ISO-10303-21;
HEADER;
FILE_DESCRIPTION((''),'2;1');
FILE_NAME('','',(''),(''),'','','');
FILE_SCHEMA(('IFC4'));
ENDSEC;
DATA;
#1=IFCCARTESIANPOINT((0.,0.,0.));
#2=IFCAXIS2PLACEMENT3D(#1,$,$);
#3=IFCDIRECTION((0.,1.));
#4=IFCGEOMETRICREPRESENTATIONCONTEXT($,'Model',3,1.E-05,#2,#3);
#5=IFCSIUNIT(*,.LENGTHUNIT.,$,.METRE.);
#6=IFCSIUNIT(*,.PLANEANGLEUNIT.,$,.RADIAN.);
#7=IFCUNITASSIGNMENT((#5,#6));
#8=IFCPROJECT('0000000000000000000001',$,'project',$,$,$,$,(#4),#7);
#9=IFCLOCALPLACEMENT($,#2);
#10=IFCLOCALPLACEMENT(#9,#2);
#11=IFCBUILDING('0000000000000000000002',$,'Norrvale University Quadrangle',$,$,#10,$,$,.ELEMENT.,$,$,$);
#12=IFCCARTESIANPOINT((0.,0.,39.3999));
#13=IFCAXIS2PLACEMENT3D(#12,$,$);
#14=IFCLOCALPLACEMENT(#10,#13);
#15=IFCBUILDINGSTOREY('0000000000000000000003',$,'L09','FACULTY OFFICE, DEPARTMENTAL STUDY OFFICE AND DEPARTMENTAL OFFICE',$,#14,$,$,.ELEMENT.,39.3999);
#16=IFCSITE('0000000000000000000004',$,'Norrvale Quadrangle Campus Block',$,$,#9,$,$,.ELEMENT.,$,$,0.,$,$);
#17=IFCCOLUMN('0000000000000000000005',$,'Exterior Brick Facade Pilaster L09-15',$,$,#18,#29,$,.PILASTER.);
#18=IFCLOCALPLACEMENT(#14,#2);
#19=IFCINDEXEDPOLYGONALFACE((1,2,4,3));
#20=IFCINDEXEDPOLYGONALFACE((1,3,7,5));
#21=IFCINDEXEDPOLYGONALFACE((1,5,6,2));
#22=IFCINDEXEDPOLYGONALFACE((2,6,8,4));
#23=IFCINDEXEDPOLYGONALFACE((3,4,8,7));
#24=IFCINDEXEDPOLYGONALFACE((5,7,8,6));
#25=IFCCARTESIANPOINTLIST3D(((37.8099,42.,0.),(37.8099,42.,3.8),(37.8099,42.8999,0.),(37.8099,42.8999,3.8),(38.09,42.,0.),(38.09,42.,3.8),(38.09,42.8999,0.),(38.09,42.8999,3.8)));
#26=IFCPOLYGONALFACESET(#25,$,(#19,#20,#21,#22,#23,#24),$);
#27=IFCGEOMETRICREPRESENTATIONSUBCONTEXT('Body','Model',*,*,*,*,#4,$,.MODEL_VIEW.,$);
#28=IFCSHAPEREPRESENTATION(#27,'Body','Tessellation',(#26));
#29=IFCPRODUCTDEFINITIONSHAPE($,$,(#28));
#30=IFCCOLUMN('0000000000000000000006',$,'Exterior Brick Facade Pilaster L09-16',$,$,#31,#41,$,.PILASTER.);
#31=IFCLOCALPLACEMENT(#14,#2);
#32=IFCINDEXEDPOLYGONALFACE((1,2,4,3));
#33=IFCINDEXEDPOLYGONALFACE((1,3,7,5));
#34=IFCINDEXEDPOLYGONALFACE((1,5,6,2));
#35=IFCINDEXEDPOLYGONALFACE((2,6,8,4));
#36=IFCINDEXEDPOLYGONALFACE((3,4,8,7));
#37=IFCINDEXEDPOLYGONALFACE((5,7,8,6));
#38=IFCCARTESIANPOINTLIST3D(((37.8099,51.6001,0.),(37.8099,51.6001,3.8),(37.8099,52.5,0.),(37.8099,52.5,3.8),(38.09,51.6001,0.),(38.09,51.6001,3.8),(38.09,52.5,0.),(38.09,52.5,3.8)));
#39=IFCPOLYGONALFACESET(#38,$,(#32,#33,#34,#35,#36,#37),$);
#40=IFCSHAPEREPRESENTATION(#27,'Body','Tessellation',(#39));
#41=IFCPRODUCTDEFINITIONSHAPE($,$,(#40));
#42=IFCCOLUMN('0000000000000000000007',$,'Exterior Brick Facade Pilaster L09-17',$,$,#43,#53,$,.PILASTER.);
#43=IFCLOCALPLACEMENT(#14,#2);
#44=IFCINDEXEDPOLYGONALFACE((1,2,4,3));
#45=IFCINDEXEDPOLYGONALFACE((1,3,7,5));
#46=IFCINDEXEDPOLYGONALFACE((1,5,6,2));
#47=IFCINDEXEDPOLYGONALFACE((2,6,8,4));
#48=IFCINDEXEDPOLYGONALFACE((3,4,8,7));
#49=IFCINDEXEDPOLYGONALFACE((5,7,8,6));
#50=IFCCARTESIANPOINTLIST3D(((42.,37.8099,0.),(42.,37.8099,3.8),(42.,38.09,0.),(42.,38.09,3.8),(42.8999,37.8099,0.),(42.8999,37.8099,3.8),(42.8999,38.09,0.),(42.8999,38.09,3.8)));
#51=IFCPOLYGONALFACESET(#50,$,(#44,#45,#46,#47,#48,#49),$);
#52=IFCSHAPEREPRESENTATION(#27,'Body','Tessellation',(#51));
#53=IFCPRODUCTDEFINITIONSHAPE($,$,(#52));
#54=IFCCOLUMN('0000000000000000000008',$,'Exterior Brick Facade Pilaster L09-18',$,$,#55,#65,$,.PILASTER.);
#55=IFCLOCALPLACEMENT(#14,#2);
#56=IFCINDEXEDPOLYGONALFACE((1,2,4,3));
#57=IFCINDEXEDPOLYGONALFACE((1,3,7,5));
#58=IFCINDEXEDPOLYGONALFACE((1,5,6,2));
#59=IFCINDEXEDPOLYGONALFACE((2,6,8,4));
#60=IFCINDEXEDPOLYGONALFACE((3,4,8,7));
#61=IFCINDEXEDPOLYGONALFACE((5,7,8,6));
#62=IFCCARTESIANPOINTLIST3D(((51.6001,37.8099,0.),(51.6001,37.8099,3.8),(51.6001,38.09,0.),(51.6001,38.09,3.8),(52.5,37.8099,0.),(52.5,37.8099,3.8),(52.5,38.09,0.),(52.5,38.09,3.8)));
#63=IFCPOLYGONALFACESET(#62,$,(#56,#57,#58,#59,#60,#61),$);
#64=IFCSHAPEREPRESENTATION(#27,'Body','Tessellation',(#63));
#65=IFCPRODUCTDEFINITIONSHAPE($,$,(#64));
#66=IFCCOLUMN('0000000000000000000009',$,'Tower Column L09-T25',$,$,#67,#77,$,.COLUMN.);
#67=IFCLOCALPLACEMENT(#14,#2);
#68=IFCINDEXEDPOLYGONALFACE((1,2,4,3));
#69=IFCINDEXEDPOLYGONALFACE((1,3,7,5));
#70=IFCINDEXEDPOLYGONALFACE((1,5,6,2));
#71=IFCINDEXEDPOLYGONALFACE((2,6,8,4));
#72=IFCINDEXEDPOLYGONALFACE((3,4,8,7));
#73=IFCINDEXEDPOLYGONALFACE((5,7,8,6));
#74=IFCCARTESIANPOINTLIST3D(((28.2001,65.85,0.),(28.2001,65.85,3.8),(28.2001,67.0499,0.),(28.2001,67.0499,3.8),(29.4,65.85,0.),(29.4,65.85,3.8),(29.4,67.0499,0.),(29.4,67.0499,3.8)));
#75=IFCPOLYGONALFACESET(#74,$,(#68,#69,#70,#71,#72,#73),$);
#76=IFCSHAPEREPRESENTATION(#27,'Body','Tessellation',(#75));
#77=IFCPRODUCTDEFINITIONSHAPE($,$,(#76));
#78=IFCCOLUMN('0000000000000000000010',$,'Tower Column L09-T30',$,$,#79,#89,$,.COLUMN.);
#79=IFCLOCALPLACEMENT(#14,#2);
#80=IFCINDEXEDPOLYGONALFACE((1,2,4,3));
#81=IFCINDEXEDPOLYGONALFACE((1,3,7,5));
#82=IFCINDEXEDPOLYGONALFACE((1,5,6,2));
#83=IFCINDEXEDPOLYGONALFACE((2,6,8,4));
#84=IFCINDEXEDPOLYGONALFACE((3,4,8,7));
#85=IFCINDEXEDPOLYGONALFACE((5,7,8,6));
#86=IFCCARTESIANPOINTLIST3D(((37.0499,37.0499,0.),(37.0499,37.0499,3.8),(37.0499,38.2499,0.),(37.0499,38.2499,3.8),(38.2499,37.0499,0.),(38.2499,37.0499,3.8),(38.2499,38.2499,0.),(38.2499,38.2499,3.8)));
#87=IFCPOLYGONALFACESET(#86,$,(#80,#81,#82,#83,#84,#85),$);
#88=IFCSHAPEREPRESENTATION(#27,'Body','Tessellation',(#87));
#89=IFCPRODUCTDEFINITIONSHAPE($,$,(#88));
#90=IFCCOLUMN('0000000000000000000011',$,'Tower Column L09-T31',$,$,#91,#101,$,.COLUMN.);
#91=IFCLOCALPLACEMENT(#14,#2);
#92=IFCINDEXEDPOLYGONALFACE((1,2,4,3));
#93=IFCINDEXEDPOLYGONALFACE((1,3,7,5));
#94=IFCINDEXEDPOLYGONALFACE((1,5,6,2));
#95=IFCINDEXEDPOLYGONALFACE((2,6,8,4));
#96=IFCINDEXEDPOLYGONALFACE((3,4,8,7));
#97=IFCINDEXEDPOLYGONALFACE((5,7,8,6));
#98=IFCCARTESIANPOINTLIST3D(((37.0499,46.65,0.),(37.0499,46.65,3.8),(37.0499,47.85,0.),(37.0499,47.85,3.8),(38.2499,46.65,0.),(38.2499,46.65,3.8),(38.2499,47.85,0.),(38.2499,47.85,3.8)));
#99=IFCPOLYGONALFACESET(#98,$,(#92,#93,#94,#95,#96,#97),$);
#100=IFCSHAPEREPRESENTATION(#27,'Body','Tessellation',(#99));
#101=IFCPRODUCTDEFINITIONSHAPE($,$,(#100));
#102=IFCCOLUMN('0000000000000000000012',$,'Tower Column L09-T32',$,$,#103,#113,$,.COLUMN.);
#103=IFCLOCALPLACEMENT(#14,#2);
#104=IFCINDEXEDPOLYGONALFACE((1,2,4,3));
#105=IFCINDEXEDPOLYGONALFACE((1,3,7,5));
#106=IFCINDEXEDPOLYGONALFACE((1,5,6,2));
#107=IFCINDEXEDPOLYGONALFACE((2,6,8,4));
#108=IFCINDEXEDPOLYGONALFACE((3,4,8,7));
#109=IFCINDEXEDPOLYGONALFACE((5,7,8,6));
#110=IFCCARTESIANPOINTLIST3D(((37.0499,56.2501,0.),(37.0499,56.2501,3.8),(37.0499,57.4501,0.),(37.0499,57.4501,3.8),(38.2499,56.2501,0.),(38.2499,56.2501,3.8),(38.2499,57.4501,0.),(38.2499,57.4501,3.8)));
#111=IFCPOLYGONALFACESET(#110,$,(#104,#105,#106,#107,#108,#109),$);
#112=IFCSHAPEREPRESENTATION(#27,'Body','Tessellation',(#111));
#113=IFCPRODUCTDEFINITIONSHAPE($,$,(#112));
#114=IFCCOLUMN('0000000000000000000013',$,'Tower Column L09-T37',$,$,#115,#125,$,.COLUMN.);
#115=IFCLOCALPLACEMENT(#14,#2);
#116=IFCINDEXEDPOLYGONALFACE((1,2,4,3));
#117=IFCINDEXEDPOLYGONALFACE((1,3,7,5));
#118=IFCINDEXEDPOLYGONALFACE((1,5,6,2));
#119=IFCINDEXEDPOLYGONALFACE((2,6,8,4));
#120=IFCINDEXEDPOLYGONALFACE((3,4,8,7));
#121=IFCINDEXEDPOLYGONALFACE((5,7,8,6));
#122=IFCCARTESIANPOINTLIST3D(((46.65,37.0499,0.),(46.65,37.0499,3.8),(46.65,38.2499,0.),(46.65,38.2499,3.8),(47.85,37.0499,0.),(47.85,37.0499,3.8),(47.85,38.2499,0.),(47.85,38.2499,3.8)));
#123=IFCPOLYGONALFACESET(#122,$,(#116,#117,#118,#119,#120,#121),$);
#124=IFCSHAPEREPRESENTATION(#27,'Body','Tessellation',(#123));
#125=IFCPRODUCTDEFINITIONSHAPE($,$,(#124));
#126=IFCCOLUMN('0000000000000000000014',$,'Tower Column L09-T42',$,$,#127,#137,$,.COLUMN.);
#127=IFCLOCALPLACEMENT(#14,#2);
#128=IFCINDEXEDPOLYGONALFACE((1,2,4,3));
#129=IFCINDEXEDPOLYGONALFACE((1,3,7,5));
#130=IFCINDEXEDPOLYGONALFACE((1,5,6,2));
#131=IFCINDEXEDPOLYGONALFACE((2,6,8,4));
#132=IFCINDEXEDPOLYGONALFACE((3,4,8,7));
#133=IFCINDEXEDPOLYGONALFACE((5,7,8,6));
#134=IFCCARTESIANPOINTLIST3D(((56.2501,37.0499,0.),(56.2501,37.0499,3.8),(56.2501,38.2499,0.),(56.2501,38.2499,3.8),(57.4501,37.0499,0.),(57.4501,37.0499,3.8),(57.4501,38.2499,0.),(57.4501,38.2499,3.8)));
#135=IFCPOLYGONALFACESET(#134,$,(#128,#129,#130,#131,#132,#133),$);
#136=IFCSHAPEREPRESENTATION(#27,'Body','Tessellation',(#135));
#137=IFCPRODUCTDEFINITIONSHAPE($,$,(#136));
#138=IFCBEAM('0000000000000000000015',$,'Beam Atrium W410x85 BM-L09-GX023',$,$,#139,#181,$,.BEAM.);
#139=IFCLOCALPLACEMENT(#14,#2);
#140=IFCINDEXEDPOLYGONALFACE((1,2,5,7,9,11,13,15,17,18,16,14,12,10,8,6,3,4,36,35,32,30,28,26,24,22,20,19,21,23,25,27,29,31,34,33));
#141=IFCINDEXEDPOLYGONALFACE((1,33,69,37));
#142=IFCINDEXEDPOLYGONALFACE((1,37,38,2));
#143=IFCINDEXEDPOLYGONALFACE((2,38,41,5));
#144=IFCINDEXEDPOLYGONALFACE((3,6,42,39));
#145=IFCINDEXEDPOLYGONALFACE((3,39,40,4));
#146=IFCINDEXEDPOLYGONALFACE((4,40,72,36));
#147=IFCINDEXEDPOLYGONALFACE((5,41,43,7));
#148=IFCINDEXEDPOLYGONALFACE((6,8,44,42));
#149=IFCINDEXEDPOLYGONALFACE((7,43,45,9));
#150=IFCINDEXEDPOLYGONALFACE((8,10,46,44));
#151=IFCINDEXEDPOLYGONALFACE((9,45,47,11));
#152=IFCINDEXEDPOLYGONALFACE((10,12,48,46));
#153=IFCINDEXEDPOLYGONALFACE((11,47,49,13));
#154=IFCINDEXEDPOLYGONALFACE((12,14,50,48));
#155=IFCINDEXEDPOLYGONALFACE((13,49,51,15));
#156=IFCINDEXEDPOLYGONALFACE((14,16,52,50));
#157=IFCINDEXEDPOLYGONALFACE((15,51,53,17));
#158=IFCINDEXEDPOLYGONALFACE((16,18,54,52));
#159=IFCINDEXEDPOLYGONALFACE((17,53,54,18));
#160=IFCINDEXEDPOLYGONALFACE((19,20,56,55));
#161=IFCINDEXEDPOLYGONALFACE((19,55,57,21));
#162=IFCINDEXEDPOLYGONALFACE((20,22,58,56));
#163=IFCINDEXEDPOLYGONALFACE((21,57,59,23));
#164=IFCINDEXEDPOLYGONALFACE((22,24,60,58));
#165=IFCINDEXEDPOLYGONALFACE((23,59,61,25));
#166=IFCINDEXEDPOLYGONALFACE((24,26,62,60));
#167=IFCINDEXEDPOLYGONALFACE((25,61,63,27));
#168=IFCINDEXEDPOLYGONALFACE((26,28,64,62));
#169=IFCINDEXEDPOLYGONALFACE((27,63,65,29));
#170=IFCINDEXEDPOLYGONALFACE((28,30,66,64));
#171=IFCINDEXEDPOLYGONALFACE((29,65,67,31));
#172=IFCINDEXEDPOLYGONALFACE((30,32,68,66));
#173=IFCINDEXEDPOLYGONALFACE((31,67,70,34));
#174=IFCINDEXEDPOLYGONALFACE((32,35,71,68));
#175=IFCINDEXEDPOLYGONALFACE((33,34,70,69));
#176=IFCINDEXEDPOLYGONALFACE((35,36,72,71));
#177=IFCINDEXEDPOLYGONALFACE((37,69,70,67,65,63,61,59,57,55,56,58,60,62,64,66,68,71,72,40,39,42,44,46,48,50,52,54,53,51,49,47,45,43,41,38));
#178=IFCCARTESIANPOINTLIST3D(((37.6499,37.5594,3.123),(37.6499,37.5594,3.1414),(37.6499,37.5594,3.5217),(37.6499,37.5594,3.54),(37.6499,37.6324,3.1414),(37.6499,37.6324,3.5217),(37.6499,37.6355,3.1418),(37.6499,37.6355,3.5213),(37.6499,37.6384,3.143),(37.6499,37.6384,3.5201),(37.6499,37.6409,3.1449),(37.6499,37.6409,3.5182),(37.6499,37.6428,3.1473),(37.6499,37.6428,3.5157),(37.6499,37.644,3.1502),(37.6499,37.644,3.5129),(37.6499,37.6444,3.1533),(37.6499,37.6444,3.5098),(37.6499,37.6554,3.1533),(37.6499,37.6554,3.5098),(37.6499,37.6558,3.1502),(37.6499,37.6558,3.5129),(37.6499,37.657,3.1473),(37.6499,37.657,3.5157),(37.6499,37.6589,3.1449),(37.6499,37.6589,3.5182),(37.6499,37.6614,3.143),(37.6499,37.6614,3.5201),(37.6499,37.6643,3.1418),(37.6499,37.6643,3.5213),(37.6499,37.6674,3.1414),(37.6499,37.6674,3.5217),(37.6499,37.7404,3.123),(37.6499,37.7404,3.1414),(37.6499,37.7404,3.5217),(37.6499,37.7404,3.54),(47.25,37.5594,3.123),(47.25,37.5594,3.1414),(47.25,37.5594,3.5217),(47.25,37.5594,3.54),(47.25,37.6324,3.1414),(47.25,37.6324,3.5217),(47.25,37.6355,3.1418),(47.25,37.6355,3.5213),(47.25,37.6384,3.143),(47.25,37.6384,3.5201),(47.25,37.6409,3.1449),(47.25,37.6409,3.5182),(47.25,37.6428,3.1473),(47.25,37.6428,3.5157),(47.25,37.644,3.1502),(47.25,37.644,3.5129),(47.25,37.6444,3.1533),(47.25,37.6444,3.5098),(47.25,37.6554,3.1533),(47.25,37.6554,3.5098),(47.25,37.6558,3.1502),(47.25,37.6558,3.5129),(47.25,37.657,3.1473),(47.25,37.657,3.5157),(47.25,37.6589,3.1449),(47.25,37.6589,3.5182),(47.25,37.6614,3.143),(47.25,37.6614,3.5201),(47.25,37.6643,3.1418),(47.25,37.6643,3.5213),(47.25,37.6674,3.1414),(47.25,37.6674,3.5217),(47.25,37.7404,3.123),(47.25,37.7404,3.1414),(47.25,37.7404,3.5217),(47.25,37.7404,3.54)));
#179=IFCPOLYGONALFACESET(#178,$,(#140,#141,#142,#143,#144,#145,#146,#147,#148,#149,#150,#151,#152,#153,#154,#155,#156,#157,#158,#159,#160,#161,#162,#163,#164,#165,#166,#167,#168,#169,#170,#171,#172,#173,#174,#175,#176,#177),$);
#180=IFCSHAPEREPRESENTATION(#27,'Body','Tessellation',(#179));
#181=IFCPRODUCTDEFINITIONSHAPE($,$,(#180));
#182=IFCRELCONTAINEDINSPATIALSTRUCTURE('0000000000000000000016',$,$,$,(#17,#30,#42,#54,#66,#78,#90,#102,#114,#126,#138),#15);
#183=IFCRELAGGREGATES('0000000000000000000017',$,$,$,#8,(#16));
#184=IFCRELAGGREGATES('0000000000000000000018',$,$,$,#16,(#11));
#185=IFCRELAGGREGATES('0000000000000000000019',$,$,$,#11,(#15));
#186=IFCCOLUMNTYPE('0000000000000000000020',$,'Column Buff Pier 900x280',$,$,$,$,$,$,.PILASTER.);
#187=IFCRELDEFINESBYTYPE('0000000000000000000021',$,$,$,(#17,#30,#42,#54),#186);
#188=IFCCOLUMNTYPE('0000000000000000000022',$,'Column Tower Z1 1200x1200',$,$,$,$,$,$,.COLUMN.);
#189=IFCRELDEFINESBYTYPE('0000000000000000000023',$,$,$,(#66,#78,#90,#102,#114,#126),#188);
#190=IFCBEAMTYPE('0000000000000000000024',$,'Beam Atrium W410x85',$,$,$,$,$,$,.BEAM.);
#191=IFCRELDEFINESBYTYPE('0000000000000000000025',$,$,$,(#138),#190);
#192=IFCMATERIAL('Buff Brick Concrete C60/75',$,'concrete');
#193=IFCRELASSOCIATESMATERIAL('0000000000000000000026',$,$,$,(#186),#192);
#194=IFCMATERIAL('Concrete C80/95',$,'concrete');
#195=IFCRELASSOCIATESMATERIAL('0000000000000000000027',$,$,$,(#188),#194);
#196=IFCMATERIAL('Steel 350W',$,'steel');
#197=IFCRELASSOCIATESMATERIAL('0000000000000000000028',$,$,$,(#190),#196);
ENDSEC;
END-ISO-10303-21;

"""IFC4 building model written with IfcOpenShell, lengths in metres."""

from ifc_helpers import new_model, si_unit, direction, frame, origin, origin_2d, place, context, subcontext, project, spatial, rectangle, i_section, extrude, material, material_profile, profile_set, type_object, element, save


model = new_model("IFC4")

# Units and contexts
model_context = context("Model", 3, precision=1e-05, world=origin(), true_north=direction((0.0, 1.0)))
body_context = subcontext(model_context, "Body", "Model", "MODEL_VIEW")
ifc_project = project(units=[si_unit("LENGTHUNIT", "METRE"), si_unit("PLANEANGLEUNIT", "RADIAN")], contexts=[model_context])

# Site, building, storey
site_placement = place(None, origin())
site = spatial("IfcSite", under=ifc_project, at=site_placement, Name="Norrvale Quadrangle Campus Block", CompositionType="ELEMENT", RefElevation=0.0)
building_placement = place(site_placement, origin())
building = spatial("IfcBuilding", under=site, at=building_placement, Name="Norrvale University Quadrangle", CompositionType="ELEMENT")
storey_placement = place(building_placement, frame((0.0, 0.0, 39.3999)))
storey = spatial("IfcBuildingStorey", under=building, at=storey_placement, Name="L09", Description="FACULTY OFFICE, DEPARTMENTAL STUDY OFFICE AND DEPARTMENTAL OFFICE", CompositionType="ELEMENT", Elevation=39.3999)

# Columns
ifc_material_1 = material(Name="Buff Brick Concrete C60/75", Category="concrete")
ifc_material_profile_1 = material_profile(ifc_material_1, rectangle(XDim=0.8999, YDim=0.28, at=origin_2d()), Name="Buff Brick Concrete C60/75")
ifc_profile_set_1 = profile_set([ifc_material_profile_1], Name="Buff Brick Concrete C60/75")
column_type_1 = type_object("IfcColumnType", Name="Column Buff Pier 900x280", PredefinedType="PILASTER", material=ifc_profile_set_1)
for number, where, z_axis, x_axis, name in (
    (1, (37.95, 42.45, 0.0), (0.0, 0.0, 1.0), (0.0, 1.0, 0.0), "Exterior Brick Facade Pilaster L09-15"),
    (2, (37.95, 52.05, 0.0), (0.0, 0.0, 1.0), (0.0, 1.0, 0.0), "Exterior Brick Facade Pilaster L09-16"),
    (3, (42.45, 37.95, 0.0), (0.0, 0.0, 1.0), (1.0, 0.0, 0.0), "Exterior Brick Facade Pilaster L09-17"),
    (4, (52.05, 37.95, 0.0), (0.0, 0.0, 1.0), (1.0, 0.0, 0.0), "Exterior Brick Facade Pilaster L09-18"),
):
    element("IfcColumn", number, at=place(storey_placement, frame(where, z_axis=z_axis, x_axis=x_axis)), inside=storey, type_object=column_type_1, Name=name, PredefinedType="PILASTER", context=body_context, shape_type="SweptSolid", body=[
        extrude(rectangle(XDim=0.8999, YDim=0.28, at=origin_2d()), origin(), (0.0, 0.0, 1.0), 3.8),
    ])
ifc_material_2 = material(Name="Concrete C80/95", Category="concrete")
ifc_material_profile_2 = material_profile(ifc_material_2, rectangle(XDim=1.2, YDim=1.2, at=origin_2d()), Name="Concrete C80/95")
ifc_profile_set_2 = profile_set([ifc_material_profile_2], Name="Concrete C80/95")
column_type_2 = type_object("IfcColumnType", Name="Column Tower Z1 1200x1200", PredefinedType="COLUMN", material=ifc_profile_set_2)
for number, where, z_axis, x_axis, name in (
    (5, (28.8, 66.45, 0.0), (0.0, 0.0, 1.0), (1.0, 0.0, 0.0), "Tower Column L09-T25"),
    (6, (37.6499, 37.6499, 0.0), (0.0, 0.0, 1.0), (1.0, 0.0, 0.0), "Tower Column L09-T30"),
    (7, (37.6499, 47.25, 0.0), (0.0, 0.0, 1.0), (1.0, 0.0, 0.0), "Tower Column L09-T31"),
    (8, (37.6499, 56.8501, 0.0), (0.0, 0.0, 1.0), (1.0, 0.0, 0.0), "Tower Column L09-T32"),
    (9, (47.25, 37.6499, 0.0), (0.0, 0.0, 1.0), (1.0, 0.0, 0.0), "Tower Column L09-T37"),
    (10, (56.8501, 37.6499, 0.0), (0.0, 0.0, 1.0), (1.0, 0.0, 0.0), "Tower Column L09-T42"),
):
    element("IfcColumn", number, at=place(storey_placement, frame(where, z_axis=z_axis, x_axis=x_axis)), inside=storey, type_object=column_type_2, Name=name, PredefinedType="COLUMN", context=body_context, shape_type="SweptSolid", body=[
        extrude(rectangle(XDim=1.2, YDim=1.2, at=origin_2d()), origin(), (0.0, 0.0, 1.0), 3.8),
    ])

# Beam
ifc_material_3 = material(Name="Steel 350W", Category="steel")
ifc_material_profile_3 = material_profile(ifc_material_3, i_section(OverallWidth=0.1809, OverallDepth=0.417, WebThickness=0.011, FlangeThickness=0.0183, FilletRadius=0.012, at=origin_2d()), Name="Steel 350W")
ifc_profile_set_3 = profile_set([ifc_material_profile_3], Name="Steel 350W")
beam_type_1 = type_object("IfcBeamType", Name="Beam Atrium W410x85", PredefinedType="BEAM", material=ifc_profile_set_3)
for number, where, z_axis, x_axis, name in (
    (11, (37.6499, 37.6499, 3.3315), (1.0, 0.0, 0.0), (0.0, 1.0, 0.0), "Beam Atrium W410x85 BM-L09-GX023"),
):
    element("IfcBeam", number, at=place(storey_placement, frame(where, z_axis=z_axis, x_axis=x_axis)), inside=storey, type_object=beam_type_1, Name=name, PredefinedType="BEAM", context=body_context, shape_type="SweptSolid", body=[
        extrude(i_section(OverallWidth=0.1809, OverallDepth=0.417, WebThickness=0.011, FlangeThickness=0.0183, FilletRadius=0.012, at=origin_2d()), origin(), (0.0, 0.0, 1.0), 9.6001),
    ])

save(model, "model.ifc")
